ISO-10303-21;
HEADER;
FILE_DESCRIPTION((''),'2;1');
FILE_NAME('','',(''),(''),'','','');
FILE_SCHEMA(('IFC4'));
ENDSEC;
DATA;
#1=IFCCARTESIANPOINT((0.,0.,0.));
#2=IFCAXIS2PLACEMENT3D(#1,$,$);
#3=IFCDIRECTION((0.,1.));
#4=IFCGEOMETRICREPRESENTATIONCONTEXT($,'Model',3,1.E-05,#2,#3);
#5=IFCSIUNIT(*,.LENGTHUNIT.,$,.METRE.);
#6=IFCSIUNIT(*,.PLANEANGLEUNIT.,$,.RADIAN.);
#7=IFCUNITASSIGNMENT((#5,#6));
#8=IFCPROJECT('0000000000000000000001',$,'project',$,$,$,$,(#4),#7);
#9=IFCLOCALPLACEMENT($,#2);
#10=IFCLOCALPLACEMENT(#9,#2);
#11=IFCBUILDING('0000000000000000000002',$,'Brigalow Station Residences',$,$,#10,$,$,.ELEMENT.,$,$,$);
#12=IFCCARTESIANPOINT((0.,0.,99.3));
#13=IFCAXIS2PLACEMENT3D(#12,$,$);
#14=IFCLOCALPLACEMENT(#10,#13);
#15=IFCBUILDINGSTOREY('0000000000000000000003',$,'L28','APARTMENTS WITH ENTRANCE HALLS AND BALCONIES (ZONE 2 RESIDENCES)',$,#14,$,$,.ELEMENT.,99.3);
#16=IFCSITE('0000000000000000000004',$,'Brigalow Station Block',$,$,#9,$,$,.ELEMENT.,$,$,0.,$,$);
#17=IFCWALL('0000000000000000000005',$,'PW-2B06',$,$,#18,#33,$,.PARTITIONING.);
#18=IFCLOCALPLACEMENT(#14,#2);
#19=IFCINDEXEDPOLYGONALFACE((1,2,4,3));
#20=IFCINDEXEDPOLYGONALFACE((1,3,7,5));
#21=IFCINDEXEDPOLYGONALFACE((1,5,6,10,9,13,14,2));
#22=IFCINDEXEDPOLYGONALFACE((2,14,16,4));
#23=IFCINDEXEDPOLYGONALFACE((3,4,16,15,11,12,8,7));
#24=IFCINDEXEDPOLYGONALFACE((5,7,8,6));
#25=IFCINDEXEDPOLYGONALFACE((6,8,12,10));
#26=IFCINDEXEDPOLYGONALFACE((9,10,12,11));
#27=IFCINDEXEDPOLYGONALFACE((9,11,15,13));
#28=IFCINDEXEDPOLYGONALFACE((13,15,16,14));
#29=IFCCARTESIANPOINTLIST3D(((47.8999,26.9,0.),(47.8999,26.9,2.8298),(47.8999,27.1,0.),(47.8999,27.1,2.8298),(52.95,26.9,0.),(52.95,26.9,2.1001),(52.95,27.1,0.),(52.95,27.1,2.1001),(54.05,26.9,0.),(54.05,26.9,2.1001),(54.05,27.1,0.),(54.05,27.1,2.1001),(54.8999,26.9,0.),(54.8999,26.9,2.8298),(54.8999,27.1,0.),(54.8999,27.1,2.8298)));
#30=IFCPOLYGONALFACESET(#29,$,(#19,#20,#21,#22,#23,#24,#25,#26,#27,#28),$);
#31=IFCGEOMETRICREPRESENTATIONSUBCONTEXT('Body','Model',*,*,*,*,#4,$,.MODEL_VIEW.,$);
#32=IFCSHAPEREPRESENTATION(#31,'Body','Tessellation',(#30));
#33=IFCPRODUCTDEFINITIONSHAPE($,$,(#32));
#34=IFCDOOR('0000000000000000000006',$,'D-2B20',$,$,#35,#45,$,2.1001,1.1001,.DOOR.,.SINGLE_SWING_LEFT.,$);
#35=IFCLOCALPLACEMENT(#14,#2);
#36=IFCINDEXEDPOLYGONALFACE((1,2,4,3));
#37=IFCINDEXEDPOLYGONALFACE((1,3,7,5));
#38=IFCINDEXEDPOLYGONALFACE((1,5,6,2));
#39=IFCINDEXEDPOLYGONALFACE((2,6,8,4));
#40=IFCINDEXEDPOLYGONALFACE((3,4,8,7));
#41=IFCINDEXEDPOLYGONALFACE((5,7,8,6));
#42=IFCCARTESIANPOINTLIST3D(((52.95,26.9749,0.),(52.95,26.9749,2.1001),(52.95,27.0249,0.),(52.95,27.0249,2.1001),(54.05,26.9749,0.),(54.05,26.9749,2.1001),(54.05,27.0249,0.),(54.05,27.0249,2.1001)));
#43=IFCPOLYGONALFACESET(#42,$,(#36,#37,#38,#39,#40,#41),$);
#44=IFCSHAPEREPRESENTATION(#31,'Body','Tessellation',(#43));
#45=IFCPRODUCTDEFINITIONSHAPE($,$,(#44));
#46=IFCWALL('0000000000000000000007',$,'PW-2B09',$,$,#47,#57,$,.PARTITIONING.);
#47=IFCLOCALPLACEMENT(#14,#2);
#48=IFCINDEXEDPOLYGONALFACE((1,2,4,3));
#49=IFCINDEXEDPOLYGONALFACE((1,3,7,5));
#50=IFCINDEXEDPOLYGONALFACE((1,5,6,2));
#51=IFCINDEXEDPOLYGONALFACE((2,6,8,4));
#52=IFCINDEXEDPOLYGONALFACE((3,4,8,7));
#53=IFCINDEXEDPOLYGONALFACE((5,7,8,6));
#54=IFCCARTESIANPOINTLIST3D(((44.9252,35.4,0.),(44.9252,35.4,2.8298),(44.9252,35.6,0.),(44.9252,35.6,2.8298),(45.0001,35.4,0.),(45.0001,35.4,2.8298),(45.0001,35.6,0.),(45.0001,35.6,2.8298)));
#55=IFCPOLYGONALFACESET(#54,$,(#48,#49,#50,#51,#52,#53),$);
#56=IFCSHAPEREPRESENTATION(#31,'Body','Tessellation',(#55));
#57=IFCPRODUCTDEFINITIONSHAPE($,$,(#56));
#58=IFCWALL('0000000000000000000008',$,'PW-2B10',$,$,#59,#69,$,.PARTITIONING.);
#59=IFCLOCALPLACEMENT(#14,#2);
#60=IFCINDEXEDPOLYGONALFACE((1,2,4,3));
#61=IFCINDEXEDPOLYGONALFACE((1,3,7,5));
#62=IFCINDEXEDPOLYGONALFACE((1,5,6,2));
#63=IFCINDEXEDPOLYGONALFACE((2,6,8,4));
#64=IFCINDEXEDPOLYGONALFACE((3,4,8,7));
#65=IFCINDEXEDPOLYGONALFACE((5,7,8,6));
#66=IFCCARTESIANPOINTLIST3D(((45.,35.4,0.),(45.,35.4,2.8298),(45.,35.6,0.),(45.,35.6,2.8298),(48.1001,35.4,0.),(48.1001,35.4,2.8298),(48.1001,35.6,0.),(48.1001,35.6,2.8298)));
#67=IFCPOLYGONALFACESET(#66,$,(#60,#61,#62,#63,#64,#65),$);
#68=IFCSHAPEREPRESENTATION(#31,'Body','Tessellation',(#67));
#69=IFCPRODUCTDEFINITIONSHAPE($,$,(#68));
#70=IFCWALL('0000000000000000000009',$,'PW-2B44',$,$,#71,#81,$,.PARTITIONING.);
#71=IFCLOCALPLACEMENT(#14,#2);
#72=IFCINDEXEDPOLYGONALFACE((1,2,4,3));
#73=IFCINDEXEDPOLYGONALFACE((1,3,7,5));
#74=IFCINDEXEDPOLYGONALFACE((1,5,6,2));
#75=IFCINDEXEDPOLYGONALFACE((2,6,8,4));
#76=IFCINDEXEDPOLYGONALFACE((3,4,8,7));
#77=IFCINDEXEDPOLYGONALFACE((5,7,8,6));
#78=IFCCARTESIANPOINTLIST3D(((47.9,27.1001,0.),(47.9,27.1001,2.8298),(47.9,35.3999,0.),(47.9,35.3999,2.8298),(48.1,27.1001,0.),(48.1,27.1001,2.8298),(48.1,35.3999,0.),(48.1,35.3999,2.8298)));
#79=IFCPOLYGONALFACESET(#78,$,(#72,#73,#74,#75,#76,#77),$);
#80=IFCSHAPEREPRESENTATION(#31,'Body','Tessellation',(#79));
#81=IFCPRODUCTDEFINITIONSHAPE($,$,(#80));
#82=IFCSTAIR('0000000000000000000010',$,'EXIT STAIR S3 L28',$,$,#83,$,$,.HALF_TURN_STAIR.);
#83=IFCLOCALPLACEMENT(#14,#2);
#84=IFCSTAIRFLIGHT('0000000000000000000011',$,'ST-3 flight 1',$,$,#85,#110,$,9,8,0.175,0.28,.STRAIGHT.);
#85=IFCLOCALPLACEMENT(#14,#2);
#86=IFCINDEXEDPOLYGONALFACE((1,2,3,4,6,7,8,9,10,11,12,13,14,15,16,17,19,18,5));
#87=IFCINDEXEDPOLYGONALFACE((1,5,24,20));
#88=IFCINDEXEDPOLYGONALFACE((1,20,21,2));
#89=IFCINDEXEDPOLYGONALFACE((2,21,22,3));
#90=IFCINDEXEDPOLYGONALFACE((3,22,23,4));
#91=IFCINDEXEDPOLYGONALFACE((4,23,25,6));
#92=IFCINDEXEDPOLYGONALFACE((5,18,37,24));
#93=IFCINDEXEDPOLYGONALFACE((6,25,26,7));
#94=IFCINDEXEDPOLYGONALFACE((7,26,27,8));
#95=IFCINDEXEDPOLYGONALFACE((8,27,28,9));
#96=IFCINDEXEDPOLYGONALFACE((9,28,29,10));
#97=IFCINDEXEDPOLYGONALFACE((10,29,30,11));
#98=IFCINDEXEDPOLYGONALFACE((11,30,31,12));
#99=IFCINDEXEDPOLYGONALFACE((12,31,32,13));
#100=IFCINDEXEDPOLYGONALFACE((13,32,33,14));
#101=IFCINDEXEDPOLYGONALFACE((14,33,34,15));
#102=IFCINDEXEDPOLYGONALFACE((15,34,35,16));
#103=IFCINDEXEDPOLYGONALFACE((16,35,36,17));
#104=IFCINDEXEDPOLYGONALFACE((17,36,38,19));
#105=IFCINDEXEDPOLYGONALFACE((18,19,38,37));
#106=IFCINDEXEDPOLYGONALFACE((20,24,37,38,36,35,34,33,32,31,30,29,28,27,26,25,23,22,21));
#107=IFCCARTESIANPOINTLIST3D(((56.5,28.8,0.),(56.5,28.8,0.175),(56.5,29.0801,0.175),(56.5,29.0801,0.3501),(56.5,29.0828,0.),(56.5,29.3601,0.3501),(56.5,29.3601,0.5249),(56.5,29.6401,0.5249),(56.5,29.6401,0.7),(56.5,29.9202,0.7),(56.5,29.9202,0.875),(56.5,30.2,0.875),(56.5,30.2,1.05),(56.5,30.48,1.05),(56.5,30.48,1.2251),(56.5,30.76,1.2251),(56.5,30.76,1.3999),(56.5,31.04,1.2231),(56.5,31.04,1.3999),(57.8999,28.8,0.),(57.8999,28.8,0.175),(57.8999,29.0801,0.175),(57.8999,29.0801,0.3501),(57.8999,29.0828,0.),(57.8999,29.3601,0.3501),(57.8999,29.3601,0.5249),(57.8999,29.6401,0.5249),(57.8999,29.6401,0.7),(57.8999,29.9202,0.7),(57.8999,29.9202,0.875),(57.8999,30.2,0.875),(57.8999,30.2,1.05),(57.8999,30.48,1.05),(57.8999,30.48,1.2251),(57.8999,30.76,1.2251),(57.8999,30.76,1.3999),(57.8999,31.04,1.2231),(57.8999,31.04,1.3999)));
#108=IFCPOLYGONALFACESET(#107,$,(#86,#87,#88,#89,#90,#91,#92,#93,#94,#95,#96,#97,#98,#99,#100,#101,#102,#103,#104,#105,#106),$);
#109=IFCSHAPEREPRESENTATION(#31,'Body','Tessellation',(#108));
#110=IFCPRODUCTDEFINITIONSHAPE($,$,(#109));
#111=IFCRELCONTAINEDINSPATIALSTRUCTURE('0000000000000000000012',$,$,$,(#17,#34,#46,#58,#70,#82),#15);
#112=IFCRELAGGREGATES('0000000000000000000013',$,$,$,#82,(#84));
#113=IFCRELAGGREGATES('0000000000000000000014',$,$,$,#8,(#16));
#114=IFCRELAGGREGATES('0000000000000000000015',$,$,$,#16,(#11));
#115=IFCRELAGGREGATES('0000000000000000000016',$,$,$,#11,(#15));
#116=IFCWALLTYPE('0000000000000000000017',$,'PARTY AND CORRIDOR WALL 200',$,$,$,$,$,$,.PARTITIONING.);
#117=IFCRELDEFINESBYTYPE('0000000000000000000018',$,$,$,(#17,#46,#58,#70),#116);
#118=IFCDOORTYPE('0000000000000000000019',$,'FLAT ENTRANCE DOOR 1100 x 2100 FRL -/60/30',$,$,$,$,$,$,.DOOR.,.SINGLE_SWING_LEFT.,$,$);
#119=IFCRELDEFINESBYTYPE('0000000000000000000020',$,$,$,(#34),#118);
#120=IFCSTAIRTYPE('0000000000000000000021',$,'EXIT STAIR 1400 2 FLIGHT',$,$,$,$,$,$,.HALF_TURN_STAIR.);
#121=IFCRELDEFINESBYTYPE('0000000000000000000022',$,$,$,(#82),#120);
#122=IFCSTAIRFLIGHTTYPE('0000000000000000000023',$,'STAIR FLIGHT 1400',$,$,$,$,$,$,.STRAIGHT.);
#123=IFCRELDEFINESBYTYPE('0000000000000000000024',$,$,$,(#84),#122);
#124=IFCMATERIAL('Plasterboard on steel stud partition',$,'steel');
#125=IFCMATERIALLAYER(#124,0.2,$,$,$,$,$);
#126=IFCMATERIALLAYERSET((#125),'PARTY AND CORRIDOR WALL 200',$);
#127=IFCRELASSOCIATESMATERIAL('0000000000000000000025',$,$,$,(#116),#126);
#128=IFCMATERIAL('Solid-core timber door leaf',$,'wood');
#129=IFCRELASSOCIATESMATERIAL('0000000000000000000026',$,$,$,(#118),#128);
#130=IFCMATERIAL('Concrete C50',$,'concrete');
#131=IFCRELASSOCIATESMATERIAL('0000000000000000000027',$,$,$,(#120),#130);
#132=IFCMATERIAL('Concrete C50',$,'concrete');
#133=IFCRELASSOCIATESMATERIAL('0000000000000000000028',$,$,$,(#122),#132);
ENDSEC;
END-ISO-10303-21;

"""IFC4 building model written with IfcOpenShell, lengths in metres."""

from ifc_helpers import new_model, si_unit, direction, frame, frame_2d, origin, place, context, subcontext, project, spatial, polyline, rectangle, outline, extrude, material, layer, layer_set, type_object, element, fill, aggregate, save


model = new_model("IFC4")

# Units and contexts
model_context = context("Model", 3, precision=1e-05, world=origin(), true_north=direction((0.0, 1.0)))
body_context = subcontext(model_context, "Body", "Model", "MODEL_VIEW")
ifc_project = project(units=[si_unit("LENGTHUNIT", "METRE"), si_unit("PLANEANGLEUNIT", "RADIAN")], contexts=[model_context])

# Site, building, storey
site_placement = place(None, origin())
site = spatial("IfcSite", under=ifc_project, at=site_placement, Name="Brigalow Station Block", CompositionType="ELEMENT", RefElevation=0.0)
building_placement = place(site_placement, origin())
building = spatial("IfcBuilding", under=site, at=building_placement, Name="Brigalow Station Residences", CompositionType="ELEMENT")
storey_placement = place(building_placement, frame((0.0, 0.0, 99.3)))
storey = spatial("IfcBuildingStorey", under=building, at=storey_placement, Name="L28", Description="APARTMENTS WITH ENTRANCE HALLS AND BALCONIES (ZONE 2 RESIDENCES)", CompositionType="ELEMENT", Elevation=99.3)

# Wall, opening, door
ifc_material_1 = material(Name="Plasterboard on steel stud partition", Category="steel")
ifc_layer_1 = layer(ifc_material_1, 0.2)
ifc_layer_set_1 = layer_set([ifc_layer_1], Name="PARTY AND CORRIDOR WALL 200")
wall_type_1 = type_object("IfcWallType", Name="PARTY AND CORRIDOR WALL 200", PredefinedType="PARTITIONING", material=ifc_layer_set_1)
wall_1_placement = place(storey_placement, frame((47.8999, 27.0, 0.0), z_axis=(0.0, 0.0, 1.0), x_axis=(1.0, 0.0, 0.0)))
wall_1 = element("IfcWall", 1, at=wall_1_placement, inside=storey, type_object=wall_type_1, Name="PW-2B06", PredefinedType="PARTITIONING", context=body_context, shape_type="SweptSolid", body=[
    extrude(rectangle(XDim=7.0, YDim=0.2, at=frame_2d((3.5, 0.0))), origin(), (0.0, 0.0, 1.0), 2.8298),
])
opening_1_placement = place(wall_1_placement, frame((5.05, 0.0, 0.0)))
opening_1 = element("IfcOpeningElement", 2, at=opening_1_placement, cuts=wall_1, PredefinedType="OPENING", context=body_context, shape_type="SweptSolid", body=[
    extrude(rectangle(XDim=1.1001, YDim=2.1001, at=frame_2d((0.55, 1.05))), frame((0.0, 0.1099, 0.0), z_axis=(0.0, -1.0, 0.0), x_axis=(1.0, 0.0, 0.0)), (0.0, 0.0, 1.0), 0.22),
])
ifc_material_2 = material(Name="Solid-core timber door leaf", Category="wood")
door_type_1 = type_object("IfcDoorType", Name="FLAT ENTRANCE DOOR 1100 x 2100 FRL -/60/30", OperationType="SINGLE_SWING_LEFT", PredefinedType="DOOR", material=ifc_material_2)
door_1_placement = place(opening_1_placement, origin())
door_1 = element("IfcDoor", 3, at=door_1_placement, inside=storey, type_object=door_type_1, Name="D-2B20", OperationType="SINGLE_SWING_LEFT", OverallHeight=2.1001, OverallWidth=1.1001, PredefinedType="DOOR", context=body_context, shape_type="SweptSolid", body=[
    extrude(rectangle(XDim=1.1001, YDim=2.1001, at=frame_2d((0.55, 1.05))), frame((0.0, 0.0249, 0.0), z_axis=(0.0, -1.0, 0.0), x_axis=(1.0, 0.0, 0.0)), (0.0, 0.0, 1.0), 0.05),
])
fill(opening_1, door_1)

# Walls
wall_2_placement = place(storey_placement, frame((44.925, 35.5, 0.0), z_axis=(0.0, 0.0, 1.0), x_axis=(1.0, 0.0, 0.0)))
element("IfcWall", 4, at=wall_2_placement, inside=storey, type_object=wall_type_1, Name="PW-2B09", PredefinedType="PARTITIONING", context=body_context, shape_type="SweptSolid", body=[
    extrude(rectangle(XDim=0.075, YDim=0.2, at=frame_2d((0.0376, 0.0))), origin(), (0.0, 0.0, 1.0), 2.8298),
])
wall_3_placement = place(storey_placement, frame((45.0, 35.5, 0.0), z_axis=(0.0, 0.0, 1.0), x_axis=(1.0, 0.0, 0.0)))
element("IfcWall", 5, at=wall_3_placement, inside=storey, type_object=wall_type_1, Name="PW-2B10", PredefinedType="PARTITIONING", context=body_context, shape_type="SweptSolid", body=[
    extrude(rectangle(XDim=3.1001, YDim=0.2, at=frame_2d((1.55, 0.0))), origin(), (0.0, 0.0, 1.0), 2.8298),
])
wall_4_placement = place(storey_placement, frame((48.0, 27.1001, 0.0), z_axis=(0.0, 0.0, 1.0), x_axis=(0.0, 1.0, 0.0)))
element("IfcWall", 6, at=wall_4_placement, inside=storey, type_object=wall_type_1, Name="PW-2B44", PredefinedType="PARTITIONING", context=body_context, shape_type="SweptSolid", body=[
    extrude(rectangle(XDim=8.2998, YDim=0.2, at=frame_2d((4.1499, 0.0))), origin(), (0.0, 0.0, 1.0), 2.8298),
])

# Stair, stair flight
ifc_material_3 = material(Name="Concrete C50", Category="concrete")
stair_type = type_object("IfcStairType", Name="EXIT STAIR 1400 2 FLIGHT", PredefinedType="HALF_TURN_STAIR", material=ifc_material_3)
stair_placement = place(storey_placement, origin())
stair = element("IfcStair", 7, at=stair_placement, inside=storey, type_object=stair_type, Name="EXIT STAIR S3 L28", PredefinedType="HALF_TURN_STAIR")
ifc_material_4 = material(Name="Concrete C50", Category="concrete")
stair_flight_type = type_object("IfcStairFlightType", Name="STAIR FLIGHT 1400", PredefinedType="STRAIGHT", material=ifc_material_4)
stair_flight_placement = place(storey_placement, frame((57.2, 28.8, 0.0), z_axis=(0.0, 0.0, 1.0), x_axis=(0.0, 1.0, 0.0)))
stair_flight = element("IfcStairFlight", 8, at=stair_flight_placement, type_object=stair_flight_type, Name="ST-3 flight 1", NumberOfRisers=9, NumberOfTreads=8, PredefinedType="STRAIGHT", RiserHeight=0.175, TreadLength=0.28, context=body_context, shape_type="SweptSolid", body=[
    extrude(outline(polyline([(0.0, 0.0), (0.0, 0.175), (0.28, 0.175), (0.28, 0.3501), (0.5601, 0.3501), (0.5601, 0.5249), (0.8401, 0.5249), (0.8401, 0.7), (1.1201, 0.7), (1.1201, 0.875), (1.3999, 0.875), (1.3999, 1.05), (1.6799, 1.05), (1.6799, 1.2251), (1.96, 1.2251), (1.96, 1.3999), (2.24, 1.3999), (2.24, 1.575), (2.24, 1.2231), (0.2827, 0.0), (0.0, 0.0)])), frame((0.0, 0.7, 0.0), z_axis=(0.0, -1.0, 0.0), x_axis=(1.0, 0.0, 0.0)), (0.0, 0.0, 1.0), 1.3999),
])
aggregate(stair, [stair_flight])

save(model, "model.ifc")
